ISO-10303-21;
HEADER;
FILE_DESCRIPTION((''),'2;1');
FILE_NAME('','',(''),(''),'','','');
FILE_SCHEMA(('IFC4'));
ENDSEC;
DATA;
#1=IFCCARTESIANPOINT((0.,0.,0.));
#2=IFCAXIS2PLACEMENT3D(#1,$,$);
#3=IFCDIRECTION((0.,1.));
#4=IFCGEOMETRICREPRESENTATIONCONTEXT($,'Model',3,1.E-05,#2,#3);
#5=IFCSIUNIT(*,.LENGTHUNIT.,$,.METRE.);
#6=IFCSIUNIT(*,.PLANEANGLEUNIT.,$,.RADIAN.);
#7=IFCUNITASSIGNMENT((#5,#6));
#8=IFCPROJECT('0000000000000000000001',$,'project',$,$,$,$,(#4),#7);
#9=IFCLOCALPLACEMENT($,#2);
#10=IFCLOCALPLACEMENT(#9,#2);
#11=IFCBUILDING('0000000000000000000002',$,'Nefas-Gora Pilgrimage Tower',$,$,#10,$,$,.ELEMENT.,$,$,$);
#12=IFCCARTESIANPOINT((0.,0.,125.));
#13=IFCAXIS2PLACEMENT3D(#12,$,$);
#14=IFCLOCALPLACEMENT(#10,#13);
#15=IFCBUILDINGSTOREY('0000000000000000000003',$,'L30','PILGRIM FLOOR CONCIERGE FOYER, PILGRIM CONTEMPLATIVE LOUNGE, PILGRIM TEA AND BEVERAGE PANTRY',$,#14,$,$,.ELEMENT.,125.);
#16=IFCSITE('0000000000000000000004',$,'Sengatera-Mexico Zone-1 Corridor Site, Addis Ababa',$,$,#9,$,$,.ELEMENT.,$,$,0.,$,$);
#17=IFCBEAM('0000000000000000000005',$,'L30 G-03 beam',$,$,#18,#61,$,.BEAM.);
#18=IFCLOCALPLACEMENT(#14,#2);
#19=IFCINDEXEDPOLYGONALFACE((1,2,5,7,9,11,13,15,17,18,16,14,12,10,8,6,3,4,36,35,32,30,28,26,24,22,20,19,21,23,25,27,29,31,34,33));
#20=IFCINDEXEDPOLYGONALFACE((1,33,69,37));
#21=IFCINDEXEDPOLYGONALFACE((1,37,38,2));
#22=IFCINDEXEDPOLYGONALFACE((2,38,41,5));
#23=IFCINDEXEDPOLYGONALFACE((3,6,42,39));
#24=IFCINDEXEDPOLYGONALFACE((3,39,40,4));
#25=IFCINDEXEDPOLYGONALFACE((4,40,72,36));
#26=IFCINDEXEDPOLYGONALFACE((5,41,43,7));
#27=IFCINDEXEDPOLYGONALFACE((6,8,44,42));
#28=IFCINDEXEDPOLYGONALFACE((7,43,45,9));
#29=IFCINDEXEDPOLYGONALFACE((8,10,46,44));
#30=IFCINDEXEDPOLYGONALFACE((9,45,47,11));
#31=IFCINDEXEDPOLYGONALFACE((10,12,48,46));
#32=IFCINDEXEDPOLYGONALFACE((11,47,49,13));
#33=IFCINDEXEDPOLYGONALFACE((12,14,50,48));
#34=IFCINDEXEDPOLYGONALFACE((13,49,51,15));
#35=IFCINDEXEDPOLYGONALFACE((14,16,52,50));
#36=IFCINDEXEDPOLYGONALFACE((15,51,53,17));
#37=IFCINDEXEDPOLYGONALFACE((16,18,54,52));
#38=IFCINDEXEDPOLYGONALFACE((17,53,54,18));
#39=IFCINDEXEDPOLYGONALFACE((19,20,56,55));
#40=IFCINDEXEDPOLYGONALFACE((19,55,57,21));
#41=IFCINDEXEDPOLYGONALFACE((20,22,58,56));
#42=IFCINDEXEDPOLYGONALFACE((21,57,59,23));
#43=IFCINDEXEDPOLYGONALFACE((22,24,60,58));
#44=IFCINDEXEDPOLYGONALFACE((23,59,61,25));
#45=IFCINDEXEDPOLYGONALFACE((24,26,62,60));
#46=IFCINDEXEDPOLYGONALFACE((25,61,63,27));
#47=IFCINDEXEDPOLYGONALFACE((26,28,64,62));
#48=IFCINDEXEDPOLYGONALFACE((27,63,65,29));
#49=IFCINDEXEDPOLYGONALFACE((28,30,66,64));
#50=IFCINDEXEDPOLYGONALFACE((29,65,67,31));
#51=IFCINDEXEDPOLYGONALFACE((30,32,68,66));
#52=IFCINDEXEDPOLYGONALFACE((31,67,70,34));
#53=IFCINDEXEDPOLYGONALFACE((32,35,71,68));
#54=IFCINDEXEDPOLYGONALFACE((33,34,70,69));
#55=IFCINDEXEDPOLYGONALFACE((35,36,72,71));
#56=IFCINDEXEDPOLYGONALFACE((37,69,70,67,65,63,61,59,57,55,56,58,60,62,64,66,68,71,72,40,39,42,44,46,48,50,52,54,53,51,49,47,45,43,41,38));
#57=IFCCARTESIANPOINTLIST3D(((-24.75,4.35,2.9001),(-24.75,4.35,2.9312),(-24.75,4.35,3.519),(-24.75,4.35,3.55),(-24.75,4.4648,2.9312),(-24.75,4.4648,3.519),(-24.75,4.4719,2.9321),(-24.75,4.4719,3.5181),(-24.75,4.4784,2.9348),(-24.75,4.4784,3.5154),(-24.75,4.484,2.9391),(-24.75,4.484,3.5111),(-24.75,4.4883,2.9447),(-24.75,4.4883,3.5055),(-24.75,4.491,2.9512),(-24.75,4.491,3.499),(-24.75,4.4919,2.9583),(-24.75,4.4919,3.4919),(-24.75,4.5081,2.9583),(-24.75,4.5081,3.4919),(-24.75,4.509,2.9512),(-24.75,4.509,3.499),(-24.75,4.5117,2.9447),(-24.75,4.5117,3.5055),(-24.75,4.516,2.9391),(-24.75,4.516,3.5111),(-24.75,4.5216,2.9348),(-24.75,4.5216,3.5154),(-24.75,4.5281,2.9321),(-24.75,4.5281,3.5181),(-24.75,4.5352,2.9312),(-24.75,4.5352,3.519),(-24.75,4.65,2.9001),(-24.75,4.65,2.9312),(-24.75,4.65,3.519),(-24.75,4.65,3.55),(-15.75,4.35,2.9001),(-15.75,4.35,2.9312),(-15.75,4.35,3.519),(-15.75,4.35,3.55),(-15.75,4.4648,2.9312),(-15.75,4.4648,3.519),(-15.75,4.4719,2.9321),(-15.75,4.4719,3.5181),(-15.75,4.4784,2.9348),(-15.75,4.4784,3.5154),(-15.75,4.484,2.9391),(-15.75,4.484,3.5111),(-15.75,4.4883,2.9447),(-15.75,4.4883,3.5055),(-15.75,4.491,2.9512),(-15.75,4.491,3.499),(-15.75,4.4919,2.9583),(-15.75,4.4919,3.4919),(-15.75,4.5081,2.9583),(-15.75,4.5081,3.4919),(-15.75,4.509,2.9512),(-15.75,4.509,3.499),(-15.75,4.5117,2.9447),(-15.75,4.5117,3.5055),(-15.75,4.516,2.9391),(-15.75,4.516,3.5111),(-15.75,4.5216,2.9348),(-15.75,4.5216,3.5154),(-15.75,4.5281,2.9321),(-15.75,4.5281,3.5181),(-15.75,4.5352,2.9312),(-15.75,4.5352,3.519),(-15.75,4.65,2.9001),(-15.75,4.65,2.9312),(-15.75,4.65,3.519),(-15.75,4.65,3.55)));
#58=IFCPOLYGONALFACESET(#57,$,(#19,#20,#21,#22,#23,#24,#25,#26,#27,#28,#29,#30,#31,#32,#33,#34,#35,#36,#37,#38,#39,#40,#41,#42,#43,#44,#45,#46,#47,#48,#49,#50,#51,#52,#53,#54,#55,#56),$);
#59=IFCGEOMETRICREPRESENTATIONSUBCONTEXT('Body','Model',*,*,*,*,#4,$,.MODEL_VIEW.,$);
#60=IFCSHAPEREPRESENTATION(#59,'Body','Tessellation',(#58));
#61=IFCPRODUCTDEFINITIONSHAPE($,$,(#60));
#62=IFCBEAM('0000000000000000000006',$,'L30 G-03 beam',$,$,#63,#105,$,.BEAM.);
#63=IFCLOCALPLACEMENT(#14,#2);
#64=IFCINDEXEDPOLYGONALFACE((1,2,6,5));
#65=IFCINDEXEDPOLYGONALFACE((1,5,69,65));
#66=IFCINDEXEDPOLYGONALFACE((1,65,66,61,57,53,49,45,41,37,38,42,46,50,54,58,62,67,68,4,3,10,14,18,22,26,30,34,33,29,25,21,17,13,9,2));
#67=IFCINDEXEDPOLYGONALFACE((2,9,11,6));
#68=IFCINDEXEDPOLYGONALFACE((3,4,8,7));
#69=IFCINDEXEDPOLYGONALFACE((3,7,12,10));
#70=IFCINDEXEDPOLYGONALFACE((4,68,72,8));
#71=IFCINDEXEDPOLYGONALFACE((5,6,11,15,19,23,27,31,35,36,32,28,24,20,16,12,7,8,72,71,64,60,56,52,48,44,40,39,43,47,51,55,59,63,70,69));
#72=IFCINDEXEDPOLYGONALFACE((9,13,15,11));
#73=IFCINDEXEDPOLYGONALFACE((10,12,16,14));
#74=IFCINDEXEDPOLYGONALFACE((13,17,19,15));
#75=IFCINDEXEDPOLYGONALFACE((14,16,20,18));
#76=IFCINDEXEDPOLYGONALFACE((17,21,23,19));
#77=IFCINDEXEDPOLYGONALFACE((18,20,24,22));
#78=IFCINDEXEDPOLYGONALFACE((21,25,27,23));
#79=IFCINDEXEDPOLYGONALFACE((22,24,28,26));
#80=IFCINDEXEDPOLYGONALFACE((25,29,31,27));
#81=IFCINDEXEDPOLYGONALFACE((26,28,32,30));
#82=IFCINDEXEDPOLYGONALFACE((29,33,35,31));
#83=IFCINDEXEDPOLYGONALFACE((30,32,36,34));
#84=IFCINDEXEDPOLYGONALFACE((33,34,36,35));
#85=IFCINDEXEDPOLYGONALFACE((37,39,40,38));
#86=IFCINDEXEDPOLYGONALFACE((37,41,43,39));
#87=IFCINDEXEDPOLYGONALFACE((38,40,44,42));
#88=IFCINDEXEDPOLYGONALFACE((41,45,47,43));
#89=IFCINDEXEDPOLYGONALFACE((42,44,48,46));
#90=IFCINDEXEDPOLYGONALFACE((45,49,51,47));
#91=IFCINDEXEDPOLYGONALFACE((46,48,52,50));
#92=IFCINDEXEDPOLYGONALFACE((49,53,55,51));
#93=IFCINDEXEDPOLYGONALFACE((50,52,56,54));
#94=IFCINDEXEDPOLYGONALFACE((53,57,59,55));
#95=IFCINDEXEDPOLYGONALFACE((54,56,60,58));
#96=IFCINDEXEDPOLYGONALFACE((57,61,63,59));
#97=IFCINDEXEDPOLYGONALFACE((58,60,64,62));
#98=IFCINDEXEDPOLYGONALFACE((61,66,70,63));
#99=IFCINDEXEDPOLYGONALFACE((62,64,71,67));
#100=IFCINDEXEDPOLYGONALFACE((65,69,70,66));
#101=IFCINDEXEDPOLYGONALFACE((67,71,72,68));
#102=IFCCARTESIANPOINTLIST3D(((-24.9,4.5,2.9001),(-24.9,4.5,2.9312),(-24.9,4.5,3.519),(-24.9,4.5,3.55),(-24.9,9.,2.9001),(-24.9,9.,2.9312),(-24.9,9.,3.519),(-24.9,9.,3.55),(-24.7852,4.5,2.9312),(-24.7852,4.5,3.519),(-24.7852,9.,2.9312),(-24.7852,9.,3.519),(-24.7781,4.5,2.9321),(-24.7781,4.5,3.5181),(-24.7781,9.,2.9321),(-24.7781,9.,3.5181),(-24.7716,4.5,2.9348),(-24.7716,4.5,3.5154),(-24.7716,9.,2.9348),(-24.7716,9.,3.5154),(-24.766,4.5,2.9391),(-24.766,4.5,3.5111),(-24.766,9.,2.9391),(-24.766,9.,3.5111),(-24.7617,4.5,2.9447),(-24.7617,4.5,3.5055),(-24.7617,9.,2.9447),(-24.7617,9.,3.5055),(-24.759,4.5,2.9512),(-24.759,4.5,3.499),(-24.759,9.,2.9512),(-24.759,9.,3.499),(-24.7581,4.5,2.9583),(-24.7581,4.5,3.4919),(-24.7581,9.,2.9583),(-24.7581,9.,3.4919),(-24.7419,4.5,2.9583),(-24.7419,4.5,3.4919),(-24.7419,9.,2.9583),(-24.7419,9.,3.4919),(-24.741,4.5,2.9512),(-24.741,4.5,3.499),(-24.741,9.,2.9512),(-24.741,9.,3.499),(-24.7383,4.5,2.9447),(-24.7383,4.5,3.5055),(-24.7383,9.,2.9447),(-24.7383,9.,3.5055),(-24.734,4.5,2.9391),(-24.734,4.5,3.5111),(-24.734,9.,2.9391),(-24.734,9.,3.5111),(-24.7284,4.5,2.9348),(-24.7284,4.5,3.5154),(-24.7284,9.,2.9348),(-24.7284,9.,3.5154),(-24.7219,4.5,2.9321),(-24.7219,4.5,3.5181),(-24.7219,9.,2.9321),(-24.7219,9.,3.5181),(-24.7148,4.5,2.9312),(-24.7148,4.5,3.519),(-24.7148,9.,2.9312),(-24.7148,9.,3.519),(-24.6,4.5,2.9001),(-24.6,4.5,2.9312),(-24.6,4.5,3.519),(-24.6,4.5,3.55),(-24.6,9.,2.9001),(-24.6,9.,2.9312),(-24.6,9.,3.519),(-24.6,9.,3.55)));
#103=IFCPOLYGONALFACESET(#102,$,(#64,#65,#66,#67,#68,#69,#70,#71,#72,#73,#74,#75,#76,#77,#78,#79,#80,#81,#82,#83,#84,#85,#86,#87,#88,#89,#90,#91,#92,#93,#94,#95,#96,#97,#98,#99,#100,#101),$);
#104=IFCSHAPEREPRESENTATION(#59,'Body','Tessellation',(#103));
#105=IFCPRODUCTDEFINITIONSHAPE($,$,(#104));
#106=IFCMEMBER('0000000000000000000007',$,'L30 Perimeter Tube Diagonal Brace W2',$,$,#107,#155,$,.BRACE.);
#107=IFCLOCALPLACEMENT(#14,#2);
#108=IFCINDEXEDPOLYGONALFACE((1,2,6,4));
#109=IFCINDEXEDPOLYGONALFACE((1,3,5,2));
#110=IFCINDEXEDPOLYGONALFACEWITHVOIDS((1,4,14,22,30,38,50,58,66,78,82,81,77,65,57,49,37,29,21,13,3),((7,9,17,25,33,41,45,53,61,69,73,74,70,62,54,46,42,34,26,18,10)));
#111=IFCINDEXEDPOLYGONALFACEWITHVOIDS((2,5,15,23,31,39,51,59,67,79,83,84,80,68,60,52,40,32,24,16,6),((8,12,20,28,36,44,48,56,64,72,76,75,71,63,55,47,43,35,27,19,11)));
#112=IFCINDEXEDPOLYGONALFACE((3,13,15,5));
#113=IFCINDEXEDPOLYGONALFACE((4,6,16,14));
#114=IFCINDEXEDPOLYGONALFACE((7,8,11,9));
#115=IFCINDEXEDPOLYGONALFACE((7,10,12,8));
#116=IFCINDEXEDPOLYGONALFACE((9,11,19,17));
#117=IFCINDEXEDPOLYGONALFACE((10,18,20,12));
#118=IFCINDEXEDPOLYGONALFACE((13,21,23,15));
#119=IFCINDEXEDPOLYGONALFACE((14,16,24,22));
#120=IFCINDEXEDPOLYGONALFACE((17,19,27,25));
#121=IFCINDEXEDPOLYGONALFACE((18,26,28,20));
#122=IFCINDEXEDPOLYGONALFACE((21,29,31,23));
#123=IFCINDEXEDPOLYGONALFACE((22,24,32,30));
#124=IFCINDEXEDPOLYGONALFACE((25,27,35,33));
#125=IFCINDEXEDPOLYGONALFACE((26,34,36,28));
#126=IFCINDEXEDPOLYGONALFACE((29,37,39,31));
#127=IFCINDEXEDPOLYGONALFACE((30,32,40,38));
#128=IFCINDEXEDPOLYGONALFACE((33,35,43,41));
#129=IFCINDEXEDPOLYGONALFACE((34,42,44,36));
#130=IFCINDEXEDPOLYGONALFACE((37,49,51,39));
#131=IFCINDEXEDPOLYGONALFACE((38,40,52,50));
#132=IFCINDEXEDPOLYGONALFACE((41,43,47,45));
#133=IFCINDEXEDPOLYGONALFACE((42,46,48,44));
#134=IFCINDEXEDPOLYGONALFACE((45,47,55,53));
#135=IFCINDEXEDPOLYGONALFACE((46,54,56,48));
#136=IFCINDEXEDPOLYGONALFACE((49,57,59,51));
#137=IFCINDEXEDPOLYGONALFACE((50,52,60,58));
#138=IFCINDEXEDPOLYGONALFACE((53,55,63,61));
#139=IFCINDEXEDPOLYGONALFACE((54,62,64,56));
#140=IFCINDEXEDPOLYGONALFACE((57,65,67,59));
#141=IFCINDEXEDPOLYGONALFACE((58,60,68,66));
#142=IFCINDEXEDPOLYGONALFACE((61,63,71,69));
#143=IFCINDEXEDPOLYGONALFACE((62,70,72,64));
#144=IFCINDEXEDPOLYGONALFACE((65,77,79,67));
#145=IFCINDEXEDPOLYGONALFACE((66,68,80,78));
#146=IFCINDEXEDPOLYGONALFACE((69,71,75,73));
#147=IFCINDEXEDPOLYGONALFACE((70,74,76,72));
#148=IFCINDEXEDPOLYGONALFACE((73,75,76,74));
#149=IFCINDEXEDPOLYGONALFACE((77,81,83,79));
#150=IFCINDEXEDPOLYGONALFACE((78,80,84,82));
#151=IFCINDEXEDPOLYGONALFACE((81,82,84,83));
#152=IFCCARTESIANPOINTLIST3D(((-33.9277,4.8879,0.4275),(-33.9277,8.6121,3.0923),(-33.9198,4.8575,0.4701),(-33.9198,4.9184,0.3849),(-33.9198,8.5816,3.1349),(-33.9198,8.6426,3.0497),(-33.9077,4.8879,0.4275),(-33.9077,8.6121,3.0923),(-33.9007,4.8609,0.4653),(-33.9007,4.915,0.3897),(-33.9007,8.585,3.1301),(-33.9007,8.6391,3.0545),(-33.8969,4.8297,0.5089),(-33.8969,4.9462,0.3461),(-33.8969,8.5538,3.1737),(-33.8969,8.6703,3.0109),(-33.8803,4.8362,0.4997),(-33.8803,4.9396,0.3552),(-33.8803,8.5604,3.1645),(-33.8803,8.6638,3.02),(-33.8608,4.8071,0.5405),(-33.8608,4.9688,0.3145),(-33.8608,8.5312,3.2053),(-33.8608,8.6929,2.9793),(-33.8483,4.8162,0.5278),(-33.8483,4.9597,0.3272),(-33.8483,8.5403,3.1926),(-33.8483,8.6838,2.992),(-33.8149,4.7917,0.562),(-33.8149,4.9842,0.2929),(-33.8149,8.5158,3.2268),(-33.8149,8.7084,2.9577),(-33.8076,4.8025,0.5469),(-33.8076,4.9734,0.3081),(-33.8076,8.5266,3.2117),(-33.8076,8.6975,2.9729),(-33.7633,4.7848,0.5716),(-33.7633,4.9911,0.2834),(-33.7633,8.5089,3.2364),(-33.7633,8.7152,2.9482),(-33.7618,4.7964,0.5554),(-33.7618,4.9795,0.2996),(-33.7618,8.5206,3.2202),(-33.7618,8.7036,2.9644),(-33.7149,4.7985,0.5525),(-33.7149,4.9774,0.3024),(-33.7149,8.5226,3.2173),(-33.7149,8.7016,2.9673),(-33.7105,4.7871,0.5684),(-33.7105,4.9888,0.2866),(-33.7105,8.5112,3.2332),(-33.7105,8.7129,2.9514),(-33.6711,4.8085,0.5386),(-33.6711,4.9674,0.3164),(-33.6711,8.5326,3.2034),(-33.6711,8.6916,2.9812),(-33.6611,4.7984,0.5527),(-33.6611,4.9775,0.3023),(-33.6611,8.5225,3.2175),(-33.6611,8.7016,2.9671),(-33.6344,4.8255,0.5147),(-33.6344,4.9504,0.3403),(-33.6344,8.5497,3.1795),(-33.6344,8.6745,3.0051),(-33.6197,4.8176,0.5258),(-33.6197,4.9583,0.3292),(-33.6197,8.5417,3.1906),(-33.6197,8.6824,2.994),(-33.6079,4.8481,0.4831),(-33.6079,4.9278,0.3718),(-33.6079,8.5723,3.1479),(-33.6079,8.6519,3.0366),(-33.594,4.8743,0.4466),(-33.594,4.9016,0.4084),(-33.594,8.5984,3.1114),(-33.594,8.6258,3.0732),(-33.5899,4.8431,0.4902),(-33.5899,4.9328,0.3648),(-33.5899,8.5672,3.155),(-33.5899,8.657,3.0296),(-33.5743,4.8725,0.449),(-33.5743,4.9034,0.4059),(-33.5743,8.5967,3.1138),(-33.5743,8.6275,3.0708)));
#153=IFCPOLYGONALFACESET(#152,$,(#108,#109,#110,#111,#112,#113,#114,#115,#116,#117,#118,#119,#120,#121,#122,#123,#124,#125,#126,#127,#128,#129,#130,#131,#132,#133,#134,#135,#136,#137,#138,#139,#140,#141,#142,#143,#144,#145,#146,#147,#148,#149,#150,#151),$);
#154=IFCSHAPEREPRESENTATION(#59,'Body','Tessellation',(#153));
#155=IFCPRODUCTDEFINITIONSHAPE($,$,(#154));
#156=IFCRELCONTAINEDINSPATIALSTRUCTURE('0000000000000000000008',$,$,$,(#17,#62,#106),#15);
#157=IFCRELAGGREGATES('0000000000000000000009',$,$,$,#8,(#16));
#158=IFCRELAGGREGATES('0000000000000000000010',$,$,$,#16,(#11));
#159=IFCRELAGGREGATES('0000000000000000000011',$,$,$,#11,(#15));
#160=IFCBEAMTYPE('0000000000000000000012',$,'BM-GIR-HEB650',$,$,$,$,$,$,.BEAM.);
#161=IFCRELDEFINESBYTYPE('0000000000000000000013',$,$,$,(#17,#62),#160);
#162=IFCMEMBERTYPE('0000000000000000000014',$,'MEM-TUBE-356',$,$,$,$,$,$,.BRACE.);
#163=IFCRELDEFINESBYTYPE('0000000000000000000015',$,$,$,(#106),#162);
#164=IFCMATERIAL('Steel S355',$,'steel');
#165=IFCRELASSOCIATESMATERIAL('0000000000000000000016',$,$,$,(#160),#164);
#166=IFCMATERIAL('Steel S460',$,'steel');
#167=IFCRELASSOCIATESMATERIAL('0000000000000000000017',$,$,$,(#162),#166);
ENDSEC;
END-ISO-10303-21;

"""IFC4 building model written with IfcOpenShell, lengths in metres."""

from ifc_helpers import new_model, si_unit, direction, frame, origin, origin_2d, place, context, subcontext, project, spatial, hollow_circle, i_section, extrude, source, transform, mapped, material, material_profile, profile_set, type_object, element, save


model = new_model("IFC4")

# Units and contexts
model_context = context("Model", 3, precision=1e-05, world=origin(), true_north=direction((0.0, 1.0)))
body_context = subcontext(model_context, "Body", "Model", "MODEL_VIEW")
ifc_project = project(units=[si_unit("LENGTHUNIT", "METRE"), si_unit("PLANEANGLEUNIT", "RADIAN")], contexts=[model_context])

# Site, building, storey
site_placement = place(None, origin())
site = spatial("IfcSite", under=ifc_project, at=site_placement, Name="Sengatera-Mexico Zone-1 Corridor Site, Addis Ababa", CompositionType="ELEMENT", RefElevation=0.0)
building_placement = place(site_placement, origin())
building = spatial("IfcBuilding", under=site, at=building_placement, Name="Nefas-Gora Pilgrimage Tower", CompositionType="ELEMENT")
storey_placement = place(building_placement, frame((0.0, 0.0, 125.0)))
storey = spatial("IfcBuildingStorey", under=building, at=storey_placement, Name="L30", Description="PILGRIM FLOOR CONCIERGE FOYER, PILGRIM CONTEMPLATIVE LOUNGE, PILGRIM TEA AND BEVERAGE PANTRY", CompositionType="ELEMENT", Elevation=125.0)

# Shared definitions
ifc_material_1 = material(Name="Steel S460", Category="steel")

# Beams
ifc_material_2 = material(Name="Steel S355", Category="steel")
ifc_material_profile_1 = material_profile(ifc_material_2, i_section(OverallWidth=0.3, OverallDepth=0.6499, WebThickness=0.0161, FlangeThickness=0.031, FilletRadius=0.0271, at=origin_2d()), Name="HEB 650")
ifc_profile_set_1 = profile_set([ifc_material_profile_1], Name="Steel S355")
beam_type_1 = type_object("IfcBeamType", Name="BM-GIR-HEB650", PredefinedType="BEAM", material=ifc_profile_set_1)
shared_shape_1 = source(origin(), body_context, "Body", "SweptSolid", [
    extrude(i_section(OverallWidth=0.3, OverallDepth=0.6499, WebThickness=0.0161, FlangeThickness=0.031, FilletRadius=0.0271, at=origin_2d()), origin(), (0.0, 0.0, 1.0), 9.0),
])
for number, where, z_axis, x_axis, name in (
    (1, (-24.75, 4.5, 3.2251), (1.0, 0.0, 0.0), (0.0, 1.0, 0.0), "L30 G-03 beam"),
):
    element("IfcBeam", number, at=place(storey_placement, frame(where, z_axis=z_axis, x_axis=x_axis)), inside=storey, type_object=beam_type_1, Name=name, PredefinedType="BEAM", context=body_context, shape_type="MappedRepresentation", body=[
        mapped(shared_shape_1, transform((0.0, 0.0, 0.0), x_axis=(1.0, 0.0, 0.0), y_axis=(0.0, 1.0, 0.0), z_axis=(0.0, 0.0, 1.0), scale=1.0)),
    ])
shared_shape_2 = source(origin(), body_context, "Body", "SweptSolid", [
    extrude(i_section(OverallWidth=0.3, OverallDepth=0.6499, WebThickness=0.0161, FlangeThickness=0.031, FilletRadius=0.0271, at=origin_2d()), origin(), (0.0, 0.0, 1.0), 4.5),
])
beam_placement = place(storey_placement, frame((-24.75, 4.5, 3.2251), z_axis=(0.0, 1.0, 0.0), x_axis=(-1.0, 0.0, 0.0)))
element("IfcBeam", 2, at=beam_placement, inside=storey, type_object=beam_type_1, Name="L30 G-03 beam", PredefinedType="BEAM", context=body_context, shape_type="MappedRepresentation", body=[
    mapped(shared_shape_2, transform((0.0, 0.0, 0.0), x_axis=(1.0, 0.0, 0.0), y_axis=(0.0, 1.0, 0.0), z_axis=(0.0, 0.0, 1.0), scale=1.0)),
])

# Member
ifc_material_profile_2 = material_profile(ifc_material_1, hollow_circle(Radius=0.1777, WallThickness=0.02, at=origin_2d()), Name="CHS 355.6x20")
ifc_profile_set_2 = profile_set([ifc_material_profile_2], Name="Steel S460")
member_type_1 = type_object("IfcMemberType", Name="MEM-TUBE-356", PredefinedType="BRACE", material=ifc_profile_set_2)
shared_shape_3 = source(origin(), body_context, "Body", "SweptSolid", [
    extrude(hollow_circle(Radius=0.1777, WallThickness=0.02, at=origin_2d()), origin(), (0.0, 0.0, 1.0), 4.5793),
])
member_1_placement = place(storey_placement, frame((-33.75, 4.8879, 0.4275), z_axis=(0.0, 0.813247, 0.581919), x_axis=(-1.0, 0.0, 0.0)))
element("IfcMember", 3, at=member_1_placement, inside=storey, type_object=member_type_1, Name="L30 Perimeter Tube Diagonal Brace W2", PredefinedType="BRACE", context=body_context, shape_type="MappedRepresentation", body=[
    mapped(shared_shape_3, transform((0.0, 0.0, 0.0), x_axis=(1.0, 0.0, 0.0), y_axis=(0.0, 1.0, 0.0), z_axis=(0.0, 0.0, 1.0), scale=1.0)),
])

save(model, "model.ifc")
